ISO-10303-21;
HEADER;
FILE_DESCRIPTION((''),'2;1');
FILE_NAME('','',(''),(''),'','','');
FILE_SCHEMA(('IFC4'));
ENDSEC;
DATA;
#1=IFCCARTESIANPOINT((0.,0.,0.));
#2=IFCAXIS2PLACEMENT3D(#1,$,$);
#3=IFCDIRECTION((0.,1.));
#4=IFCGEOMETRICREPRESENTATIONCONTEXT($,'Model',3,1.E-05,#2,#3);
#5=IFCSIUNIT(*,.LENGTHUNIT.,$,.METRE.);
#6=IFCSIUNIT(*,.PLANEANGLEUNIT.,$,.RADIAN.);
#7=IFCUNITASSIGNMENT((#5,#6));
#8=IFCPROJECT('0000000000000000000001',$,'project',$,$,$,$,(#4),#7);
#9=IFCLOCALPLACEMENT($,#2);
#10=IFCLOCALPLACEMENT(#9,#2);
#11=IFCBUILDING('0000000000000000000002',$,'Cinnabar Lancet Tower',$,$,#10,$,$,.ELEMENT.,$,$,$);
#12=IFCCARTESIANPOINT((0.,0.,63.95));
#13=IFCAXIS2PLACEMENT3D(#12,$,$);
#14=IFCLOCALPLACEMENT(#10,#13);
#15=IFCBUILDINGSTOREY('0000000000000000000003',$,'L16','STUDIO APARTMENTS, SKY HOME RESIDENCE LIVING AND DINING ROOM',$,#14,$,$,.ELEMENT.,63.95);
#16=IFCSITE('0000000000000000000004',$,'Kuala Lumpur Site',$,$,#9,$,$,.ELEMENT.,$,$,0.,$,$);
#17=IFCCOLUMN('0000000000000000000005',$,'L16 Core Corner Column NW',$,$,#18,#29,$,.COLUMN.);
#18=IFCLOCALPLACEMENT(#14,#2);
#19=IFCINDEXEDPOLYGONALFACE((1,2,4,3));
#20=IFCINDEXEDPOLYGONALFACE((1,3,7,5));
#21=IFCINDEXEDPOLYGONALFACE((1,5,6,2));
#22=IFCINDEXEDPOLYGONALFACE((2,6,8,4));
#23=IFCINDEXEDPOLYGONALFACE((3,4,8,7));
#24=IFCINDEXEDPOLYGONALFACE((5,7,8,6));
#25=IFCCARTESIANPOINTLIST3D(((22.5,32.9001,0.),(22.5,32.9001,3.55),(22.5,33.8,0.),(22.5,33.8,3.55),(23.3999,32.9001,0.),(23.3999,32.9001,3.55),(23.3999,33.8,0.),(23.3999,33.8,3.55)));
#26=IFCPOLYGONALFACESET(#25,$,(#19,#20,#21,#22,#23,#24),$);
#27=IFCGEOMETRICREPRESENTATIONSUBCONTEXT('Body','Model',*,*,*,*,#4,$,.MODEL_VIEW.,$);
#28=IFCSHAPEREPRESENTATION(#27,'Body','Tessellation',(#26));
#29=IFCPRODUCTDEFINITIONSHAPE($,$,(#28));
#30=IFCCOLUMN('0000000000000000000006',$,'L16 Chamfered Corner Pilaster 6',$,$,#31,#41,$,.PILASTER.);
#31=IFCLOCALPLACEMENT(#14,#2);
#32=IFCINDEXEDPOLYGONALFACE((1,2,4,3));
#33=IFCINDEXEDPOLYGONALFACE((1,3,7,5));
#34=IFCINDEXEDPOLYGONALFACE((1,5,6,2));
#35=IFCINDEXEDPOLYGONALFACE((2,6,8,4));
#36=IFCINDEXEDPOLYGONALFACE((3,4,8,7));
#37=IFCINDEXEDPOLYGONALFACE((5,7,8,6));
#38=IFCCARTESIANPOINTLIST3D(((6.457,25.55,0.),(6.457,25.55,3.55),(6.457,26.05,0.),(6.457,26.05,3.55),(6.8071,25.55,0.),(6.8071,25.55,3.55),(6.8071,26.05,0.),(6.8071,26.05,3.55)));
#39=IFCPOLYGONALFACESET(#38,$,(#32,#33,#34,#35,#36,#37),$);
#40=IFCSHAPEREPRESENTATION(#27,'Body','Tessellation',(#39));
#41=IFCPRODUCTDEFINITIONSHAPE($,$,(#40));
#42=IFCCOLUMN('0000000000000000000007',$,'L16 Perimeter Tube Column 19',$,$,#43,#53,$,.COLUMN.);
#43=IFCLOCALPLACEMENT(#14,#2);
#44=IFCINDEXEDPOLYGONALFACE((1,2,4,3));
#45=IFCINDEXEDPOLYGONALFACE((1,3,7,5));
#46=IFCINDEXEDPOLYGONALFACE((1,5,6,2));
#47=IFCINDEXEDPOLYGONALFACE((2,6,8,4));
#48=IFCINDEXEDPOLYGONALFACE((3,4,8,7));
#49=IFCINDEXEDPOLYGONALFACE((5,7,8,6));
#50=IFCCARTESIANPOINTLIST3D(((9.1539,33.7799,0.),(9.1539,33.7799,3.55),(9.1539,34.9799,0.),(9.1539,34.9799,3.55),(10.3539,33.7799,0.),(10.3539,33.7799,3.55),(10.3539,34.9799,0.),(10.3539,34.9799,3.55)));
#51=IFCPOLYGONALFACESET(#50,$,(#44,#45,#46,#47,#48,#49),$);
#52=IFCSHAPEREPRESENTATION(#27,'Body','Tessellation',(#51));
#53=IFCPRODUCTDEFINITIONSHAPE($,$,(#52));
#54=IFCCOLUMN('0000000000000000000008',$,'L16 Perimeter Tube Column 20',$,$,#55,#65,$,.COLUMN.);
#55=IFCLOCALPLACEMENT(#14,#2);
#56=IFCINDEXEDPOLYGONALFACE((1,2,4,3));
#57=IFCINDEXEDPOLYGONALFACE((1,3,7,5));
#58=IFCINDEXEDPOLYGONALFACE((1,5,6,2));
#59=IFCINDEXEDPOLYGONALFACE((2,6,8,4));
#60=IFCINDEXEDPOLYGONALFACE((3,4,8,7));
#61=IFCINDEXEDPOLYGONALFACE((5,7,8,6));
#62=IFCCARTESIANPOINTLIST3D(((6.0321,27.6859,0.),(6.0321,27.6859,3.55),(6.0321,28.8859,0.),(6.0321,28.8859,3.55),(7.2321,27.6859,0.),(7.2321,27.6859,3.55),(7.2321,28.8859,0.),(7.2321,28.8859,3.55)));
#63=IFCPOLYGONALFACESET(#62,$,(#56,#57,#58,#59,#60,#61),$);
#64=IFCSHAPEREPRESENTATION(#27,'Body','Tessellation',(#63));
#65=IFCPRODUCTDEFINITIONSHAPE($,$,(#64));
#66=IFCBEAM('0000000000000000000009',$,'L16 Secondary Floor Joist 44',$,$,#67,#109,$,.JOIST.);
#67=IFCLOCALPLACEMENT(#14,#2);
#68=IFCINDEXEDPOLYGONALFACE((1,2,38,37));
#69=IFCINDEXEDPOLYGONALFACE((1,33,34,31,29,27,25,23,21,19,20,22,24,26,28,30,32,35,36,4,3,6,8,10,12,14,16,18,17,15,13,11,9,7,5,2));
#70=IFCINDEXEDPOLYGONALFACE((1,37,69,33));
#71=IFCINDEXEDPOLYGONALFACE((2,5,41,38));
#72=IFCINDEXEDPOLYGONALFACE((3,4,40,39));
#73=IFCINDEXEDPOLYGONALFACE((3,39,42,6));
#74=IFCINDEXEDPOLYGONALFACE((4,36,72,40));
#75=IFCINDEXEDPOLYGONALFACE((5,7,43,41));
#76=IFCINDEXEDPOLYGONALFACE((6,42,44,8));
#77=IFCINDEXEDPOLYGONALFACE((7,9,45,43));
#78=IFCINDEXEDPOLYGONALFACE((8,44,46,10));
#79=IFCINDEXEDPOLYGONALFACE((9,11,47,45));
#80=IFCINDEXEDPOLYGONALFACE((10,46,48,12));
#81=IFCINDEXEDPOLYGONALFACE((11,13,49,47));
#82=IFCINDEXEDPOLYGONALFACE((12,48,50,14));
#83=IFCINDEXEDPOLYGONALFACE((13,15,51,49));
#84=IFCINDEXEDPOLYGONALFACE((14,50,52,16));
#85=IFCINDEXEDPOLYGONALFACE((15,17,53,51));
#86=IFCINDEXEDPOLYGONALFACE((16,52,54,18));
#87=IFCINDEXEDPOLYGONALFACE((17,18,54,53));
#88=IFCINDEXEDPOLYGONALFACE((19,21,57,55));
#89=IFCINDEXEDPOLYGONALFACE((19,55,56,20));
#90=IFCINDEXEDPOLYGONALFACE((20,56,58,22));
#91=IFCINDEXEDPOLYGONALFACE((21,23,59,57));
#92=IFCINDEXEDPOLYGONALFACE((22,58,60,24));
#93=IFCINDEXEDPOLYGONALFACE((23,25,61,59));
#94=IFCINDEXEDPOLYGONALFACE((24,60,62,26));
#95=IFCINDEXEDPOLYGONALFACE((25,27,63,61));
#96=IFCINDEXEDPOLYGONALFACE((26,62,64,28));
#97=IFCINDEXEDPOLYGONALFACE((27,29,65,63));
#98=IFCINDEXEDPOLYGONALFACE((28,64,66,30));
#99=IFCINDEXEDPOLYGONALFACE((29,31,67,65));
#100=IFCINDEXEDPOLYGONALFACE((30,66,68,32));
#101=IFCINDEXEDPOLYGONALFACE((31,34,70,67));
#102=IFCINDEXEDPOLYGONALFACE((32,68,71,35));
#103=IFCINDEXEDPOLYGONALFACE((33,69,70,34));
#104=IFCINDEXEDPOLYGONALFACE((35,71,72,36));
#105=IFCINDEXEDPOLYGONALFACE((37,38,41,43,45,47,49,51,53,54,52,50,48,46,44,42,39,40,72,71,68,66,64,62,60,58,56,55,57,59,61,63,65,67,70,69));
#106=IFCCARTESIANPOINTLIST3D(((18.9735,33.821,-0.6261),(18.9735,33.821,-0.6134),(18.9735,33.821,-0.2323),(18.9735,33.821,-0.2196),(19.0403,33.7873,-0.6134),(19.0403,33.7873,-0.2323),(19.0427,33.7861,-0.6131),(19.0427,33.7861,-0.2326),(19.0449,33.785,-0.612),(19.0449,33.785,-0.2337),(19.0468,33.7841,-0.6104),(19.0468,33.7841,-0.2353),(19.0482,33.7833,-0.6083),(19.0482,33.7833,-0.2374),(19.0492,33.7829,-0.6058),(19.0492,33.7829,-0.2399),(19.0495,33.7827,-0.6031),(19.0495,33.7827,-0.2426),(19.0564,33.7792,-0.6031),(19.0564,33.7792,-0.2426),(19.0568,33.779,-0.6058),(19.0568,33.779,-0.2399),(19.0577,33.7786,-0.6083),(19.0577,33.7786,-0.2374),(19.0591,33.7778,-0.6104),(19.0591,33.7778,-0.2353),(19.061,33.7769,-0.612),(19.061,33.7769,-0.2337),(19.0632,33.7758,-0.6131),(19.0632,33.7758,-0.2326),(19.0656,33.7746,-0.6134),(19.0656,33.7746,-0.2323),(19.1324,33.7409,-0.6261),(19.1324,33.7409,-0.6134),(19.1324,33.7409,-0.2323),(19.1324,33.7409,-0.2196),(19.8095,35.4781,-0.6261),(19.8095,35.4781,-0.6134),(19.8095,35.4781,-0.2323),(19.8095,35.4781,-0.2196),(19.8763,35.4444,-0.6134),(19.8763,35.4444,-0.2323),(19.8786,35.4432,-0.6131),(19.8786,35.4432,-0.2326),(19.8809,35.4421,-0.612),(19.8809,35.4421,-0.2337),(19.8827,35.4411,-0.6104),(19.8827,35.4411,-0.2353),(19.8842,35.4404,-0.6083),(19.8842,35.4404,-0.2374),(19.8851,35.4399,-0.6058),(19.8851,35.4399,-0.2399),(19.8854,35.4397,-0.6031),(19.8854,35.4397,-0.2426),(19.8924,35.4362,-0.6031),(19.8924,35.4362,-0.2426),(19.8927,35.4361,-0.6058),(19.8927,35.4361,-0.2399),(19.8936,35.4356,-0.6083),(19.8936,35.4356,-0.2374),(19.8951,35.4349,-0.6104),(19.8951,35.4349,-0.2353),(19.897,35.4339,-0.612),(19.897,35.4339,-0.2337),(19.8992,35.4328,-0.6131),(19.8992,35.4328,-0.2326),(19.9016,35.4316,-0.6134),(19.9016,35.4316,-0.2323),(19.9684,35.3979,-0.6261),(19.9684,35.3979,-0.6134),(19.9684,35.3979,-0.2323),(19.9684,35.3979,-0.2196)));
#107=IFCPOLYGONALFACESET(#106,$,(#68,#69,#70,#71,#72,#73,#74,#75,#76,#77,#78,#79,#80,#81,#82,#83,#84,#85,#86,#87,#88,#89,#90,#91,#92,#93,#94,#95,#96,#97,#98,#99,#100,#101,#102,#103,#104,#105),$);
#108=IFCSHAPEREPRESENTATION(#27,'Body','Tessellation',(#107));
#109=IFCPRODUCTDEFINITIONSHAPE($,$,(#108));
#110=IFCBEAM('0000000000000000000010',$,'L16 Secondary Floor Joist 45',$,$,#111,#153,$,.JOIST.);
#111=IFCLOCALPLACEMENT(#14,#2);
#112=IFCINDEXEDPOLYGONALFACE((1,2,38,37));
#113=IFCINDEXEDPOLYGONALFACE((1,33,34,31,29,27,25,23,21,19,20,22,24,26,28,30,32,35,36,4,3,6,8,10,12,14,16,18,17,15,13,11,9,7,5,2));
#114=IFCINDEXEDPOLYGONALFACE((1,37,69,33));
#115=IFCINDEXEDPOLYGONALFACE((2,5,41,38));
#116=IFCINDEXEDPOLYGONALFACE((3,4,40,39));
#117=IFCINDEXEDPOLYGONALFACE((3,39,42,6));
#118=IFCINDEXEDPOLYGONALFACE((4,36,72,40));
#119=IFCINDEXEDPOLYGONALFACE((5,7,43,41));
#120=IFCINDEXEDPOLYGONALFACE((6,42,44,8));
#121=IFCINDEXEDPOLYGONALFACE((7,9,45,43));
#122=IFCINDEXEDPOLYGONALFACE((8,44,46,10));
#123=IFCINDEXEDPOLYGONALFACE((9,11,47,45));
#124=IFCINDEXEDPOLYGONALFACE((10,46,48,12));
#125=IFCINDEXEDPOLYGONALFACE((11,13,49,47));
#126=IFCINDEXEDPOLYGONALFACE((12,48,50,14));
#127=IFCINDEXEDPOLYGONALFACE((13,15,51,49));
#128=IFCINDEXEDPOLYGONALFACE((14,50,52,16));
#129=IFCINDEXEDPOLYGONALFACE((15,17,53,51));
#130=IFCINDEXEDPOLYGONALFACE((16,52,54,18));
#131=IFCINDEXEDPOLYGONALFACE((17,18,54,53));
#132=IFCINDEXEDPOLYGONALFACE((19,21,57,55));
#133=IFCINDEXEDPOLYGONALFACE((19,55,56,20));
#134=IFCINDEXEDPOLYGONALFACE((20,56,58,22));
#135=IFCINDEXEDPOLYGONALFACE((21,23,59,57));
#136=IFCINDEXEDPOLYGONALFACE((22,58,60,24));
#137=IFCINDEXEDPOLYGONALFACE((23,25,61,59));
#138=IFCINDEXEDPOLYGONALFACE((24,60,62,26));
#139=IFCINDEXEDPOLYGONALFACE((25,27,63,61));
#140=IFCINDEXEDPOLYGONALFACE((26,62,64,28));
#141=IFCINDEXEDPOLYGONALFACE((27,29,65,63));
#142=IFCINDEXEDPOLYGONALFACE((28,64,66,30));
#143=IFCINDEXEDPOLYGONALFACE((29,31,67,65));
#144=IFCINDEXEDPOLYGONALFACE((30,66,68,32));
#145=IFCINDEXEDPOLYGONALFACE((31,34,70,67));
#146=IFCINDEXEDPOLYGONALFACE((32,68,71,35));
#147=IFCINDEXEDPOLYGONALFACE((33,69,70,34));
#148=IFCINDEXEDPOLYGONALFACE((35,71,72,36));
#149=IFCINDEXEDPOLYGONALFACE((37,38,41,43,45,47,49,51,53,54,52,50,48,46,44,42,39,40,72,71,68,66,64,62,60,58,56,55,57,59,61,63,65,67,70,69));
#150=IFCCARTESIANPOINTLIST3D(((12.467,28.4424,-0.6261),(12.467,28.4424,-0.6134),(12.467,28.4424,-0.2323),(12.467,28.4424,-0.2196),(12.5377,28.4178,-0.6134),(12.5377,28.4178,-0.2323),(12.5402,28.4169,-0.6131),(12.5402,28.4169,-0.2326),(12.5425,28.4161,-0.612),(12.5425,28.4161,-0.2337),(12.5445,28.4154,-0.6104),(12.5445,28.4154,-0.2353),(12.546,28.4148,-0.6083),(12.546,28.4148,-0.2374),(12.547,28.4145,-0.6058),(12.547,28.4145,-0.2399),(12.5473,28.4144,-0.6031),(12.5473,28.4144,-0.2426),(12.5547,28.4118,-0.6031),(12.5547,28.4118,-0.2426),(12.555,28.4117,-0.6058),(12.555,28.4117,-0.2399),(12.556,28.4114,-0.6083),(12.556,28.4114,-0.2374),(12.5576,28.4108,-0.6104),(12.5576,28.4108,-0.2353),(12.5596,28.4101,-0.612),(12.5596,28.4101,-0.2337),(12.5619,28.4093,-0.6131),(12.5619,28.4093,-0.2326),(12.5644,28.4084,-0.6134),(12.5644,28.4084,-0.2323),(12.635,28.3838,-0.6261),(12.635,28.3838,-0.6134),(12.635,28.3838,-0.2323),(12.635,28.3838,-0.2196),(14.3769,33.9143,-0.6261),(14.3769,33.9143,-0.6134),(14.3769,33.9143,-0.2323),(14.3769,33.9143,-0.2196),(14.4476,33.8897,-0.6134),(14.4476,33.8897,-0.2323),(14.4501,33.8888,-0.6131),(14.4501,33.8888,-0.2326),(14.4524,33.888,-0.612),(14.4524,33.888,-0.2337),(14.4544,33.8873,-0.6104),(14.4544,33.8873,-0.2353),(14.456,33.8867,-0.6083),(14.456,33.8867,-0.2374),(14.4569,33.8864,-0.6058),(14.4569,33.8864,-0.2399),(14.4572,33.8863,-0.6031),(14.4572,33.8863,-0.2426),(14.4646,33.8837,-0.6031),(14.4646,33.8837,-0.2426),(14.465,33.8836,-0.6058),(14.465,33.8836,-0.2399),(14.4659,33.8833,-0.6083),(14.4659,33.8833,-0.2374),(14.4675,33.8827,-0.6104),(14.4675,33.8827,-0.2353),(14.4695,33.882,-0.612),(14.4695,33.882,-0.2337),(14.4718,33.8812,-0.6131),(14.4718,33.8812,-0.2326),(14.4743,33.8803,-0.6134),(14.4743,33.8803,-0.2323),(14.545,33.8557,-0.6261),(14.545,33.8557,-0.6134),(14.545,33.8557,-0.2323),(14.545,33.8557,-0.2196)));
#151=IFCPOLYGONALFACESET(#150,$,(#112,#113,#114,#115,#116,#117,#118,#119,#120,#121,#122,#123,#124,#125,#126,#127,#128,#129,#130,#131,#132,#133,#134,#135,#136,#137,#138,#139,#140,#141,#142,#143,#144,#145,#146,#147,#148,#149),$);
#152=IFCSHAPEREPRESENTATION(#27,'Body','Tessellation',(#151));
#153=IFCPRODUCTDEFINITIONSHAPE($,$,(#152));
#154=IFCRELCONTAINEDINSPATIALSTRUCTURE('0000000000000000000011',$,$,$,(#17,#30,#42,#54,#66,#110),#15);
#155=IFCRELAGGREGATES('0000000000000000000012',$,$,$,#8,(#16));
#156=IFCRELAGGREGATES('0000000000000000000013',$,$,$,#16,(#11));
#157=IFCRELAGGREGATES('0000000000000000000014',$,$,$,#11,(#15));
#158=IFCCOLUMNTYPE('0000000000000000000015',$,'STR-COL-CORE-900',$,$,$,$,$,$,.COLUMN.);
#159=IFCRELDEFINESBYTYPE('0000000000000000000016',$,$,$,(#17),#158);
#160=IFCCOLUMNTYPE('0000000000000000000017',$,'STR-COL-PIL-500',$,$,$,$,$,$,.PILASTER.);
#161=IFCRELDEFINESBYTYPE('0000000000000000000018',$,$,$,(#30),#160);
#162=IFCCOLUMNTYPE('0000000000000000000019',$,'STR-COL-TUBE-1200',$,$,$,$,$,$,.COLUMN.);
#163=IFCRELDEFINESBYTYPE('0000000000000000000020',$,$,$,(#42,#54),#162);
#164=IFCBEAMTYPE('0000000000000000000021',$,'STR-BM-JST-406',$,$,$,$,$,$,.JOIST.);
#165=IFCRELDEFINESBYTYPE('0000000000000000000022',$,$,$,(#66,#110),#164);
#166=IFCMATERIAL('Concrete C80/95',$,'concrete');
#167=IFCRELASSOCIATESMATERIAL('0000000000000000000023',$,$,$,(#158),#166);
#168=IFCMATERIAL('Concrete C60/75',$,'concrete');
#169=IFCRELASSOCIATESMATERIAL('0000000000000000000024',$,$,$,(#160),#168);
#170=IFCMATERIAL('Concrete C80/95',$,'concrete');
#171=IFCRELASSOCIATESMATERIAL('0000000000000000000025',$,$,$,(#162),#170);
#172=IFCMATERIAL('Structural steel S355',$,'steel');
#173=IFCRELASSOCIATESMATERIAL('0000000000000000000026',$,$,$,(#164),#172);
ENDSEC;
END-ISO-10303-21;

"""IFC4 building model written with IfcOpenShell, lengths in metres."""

from ifc_helpers import new_model, si_unit, direction, frame, origin, origin_2d, place, context, subcontext, project, spatial, rectangle, i_section, extrude, material, material_profile, profile_set, type_object, element, save


model = new_model("IFC4")

# Units and contexts
model_context = context("Model", 3, precision=1e-05, world=origin(), true_north=direction((0.0, 1.0)))
body_context = subcontext(model_context, "Body", "Model", "MODEL_VIEW")
ifc_project = project(units=[si_unit("LENGTHUNIT", "METRE"), si_unit("PLANEANGLEUNIT", "RADIAN")], contexts=[model_context])

# Site, building, storey
site_placement = place(None, origin())
site = spatial("IfcSite", under=ifc_project, at=site_placement, Name="Kuala Lumpur Site", CompositionType="ELEMENT", RefElevation=0.0)
building_placement = place(site_placement, origin())
building = spatial("IfcBuilding", under=site, at=building_placement, Name="Cinnabar Lancet Tower", CompositionType="ELEMENT")
storey_placement = place(building_placement, frame((0.0, 0.0, 63.95)))
storey = spatial("IfcBuildingStorey", under=building, at=storey_placement, Name="L16", Description="STUDIO APARTMENTS, SKY HOME RESIDENCE LIVING AND DINING ROOM", CompositionType="ELEMENT", Elevation=63.95)

# Columns
ifc_material_1 = material(Name="Concrete C80/95", Category="concrete")
ifc_material_profile_1 = material_profile(ifc_material_1, rectangle(XDim=0.8999, YDim=0.8999, at=origin_2d()), Name="RC-COL 900x900")
ifc_profile_set_1 = profile_set([ifc_material_profile_1], Name="Concrete C80/95")
column_type_1 = type_object("IfcColumnType", Name="STR-COL-CORE-900", PredefinedType="COLUMN", material=ifc_profile_set_1)
column_1_placement = place(storey_placement, frame((22.95, 33.3501, 0.0), z_axis=(0.0, 0.0, 1.0), x_axis=(1.0, 0.0, 0.0)))
element("IfcColumn", 1, at=column_1_placement, inside=storey, type_object=column_type_1, Name="L16 Core Corner Column NW", PredefinedType="COLUMN", context=body_context, shape_type="SweptSolid", body=[
    extrude(rectangle(XDim=0.8999, YDim=0.8999, at=origin_2d()), origin(), (0.0, 0.0, 1.0), 3.55),
])
ifc_material_2 = material(Name="Concrete C60/75", Category="concrete")
ifc_material_profile_2 = material_profile(ifc_material_2, rectangle(XDim=0.5, YDim=0.3501, at=origin_2d()), Name="RC-PIL 500x350")
ifc_profile_set_2 = profile_set([ifc_material_profile_2], Name="Concrete C60/75")
column_type_2 = type_object("IfcColumnType", Name="STR-COL-PIL-500", PredefinedType="PILASTER", material=ifc_profile_set_2)
column_2_placement = place(storey_placement, frame((6.6321, 25.8, 0.0), z_axis=(0.0, 0.0, 1.0), x_axis=(0.0, -1.0, 0.0)))
element("IfcColumn", 2, at=column_2_placement, inside=storey, type_object=column_type_2, Name="L16 Chamfered Corner Pilaster 6", PredefinedType="PILASTER", context=body_context, shape_type="SweptSolid", body=[
    extrude(rectangle(XDim=0.5, YDim=0.3501, at=origin_2d()), origin(), (0.0, 0.0, 1.0), 3.55),
])
ifc_material_3 = material(Name="Concrete C80/95", Category="concrete")
ifc_material_profile_3 = material_profile(ifc_material_3, rectangle(XDim=1.2, YDim=1.2, at=origin_2d()), Name="RC-COL 1200x1200")
ifc_profile_set_3 = profile_set([ifc_material_profile_3], Name="Concrete C80/95")
column_type_3 = type_object("IfcColumnType", Name="STR-COL-TUBE-1200", PredefinedType="COLUMN", material=ifc_profile_set_3)
for number, where, z_axis, x_axis, name in (
    (3, (9.7539, 34.3799, 0.0), (0.0, 0.0, 1.0), (1.0, 0.0, 0.0), "L16 Perimeter Tube Column 19"),
    (4, (6.6321, 28.2859, 0.0), (0.0, 0.0, 1.0), (1.0, 0.0, 0.0), "L16 Perimeter Tube Column 20"),
):
    element("IfcColumn", number, at=place(storey_placement, frame(where, z_axis=z_axis, x_axis=x_axis)), inside=storey, type_object=column_type_3, Name=name, PredefinedType="COLUMN", context=body_context, shape_type="SweptSolid", body=[
        extrude(rectangle(XDim=1.2, YDim=1.2, at=origin_2d()), origin(), (0.0, 0.0, 1.0), 3.55),
    ])

# Beams
ifc_material_4 = material(Name="Structural steel S355", Category="steel")
ifc_material_profile_4 = material_profile(ifc_material_4, i_section(OverallWidth=0.178, OverallDepth=0.4065, WebThickness=0.0078, FlangeThickness=0.0127, FilletRadius=0.0103, at=origin_2d()), Name="UKB 406x178x60")
ifc_profile_set_4 = profile_set([ifc_material_profile_4], Name="Structural steel S355")
beam_type_1 = type_object("IfcBeamType", Name="STR-BM-JST-406", PredefinedType="JOIST", material=ifc_profile_set_4)
beam_1_placement = place(storey_placement, frame((19.8889, 35.438, -0.4229), z_axis=(-0.45042, -0.892817, 0.0), x_axis=(0.892817, -0.45042, 0.0)))
element("IfcBeam", 5, at=beam_1_placement, inside=storey, type_object=beam_type_1, Name="L16 Secondary Floor Joist 44", PredefinedType="JOIST", context=body_context, shape_type="SweptSolid", body=[
    extrude(i_section(OverallWidth=0.178, OverallDepth=0.4065, WebThickness=0.0078, FlangeThickness=0.0127, FilletRadius=0.0103, at=origin_2d()), origin(), (0.0, 0.0, 1.0), 1.856),
])
beam_2_placement = place(storey_placement, frame((14.4609, 33.885, -0.4229), z_axis=(-0.329542, -0.944141, 0.0), x_axis=(0.944141, -0.329542, 0.0)))
element("IfcBeam", 6, at=beam_2_placement, inside=storey, type_object=beam_type_1, Name="L16 Secondary Floor Joist 45", PredefinedType="JOIST", context=body_context, shape_type="SweptSolid", body=[
    extrude(i_section(OverallWidth=0.178, OverallDepth=0.4065, WebThickness=0.0078, FlangeThickness=0.0127, FilletRadius=0.0103, at=origin_2d()), origin(), (0.0, 0.0, 1.0), 5.7957),
])

save(model, "model.ifc")
